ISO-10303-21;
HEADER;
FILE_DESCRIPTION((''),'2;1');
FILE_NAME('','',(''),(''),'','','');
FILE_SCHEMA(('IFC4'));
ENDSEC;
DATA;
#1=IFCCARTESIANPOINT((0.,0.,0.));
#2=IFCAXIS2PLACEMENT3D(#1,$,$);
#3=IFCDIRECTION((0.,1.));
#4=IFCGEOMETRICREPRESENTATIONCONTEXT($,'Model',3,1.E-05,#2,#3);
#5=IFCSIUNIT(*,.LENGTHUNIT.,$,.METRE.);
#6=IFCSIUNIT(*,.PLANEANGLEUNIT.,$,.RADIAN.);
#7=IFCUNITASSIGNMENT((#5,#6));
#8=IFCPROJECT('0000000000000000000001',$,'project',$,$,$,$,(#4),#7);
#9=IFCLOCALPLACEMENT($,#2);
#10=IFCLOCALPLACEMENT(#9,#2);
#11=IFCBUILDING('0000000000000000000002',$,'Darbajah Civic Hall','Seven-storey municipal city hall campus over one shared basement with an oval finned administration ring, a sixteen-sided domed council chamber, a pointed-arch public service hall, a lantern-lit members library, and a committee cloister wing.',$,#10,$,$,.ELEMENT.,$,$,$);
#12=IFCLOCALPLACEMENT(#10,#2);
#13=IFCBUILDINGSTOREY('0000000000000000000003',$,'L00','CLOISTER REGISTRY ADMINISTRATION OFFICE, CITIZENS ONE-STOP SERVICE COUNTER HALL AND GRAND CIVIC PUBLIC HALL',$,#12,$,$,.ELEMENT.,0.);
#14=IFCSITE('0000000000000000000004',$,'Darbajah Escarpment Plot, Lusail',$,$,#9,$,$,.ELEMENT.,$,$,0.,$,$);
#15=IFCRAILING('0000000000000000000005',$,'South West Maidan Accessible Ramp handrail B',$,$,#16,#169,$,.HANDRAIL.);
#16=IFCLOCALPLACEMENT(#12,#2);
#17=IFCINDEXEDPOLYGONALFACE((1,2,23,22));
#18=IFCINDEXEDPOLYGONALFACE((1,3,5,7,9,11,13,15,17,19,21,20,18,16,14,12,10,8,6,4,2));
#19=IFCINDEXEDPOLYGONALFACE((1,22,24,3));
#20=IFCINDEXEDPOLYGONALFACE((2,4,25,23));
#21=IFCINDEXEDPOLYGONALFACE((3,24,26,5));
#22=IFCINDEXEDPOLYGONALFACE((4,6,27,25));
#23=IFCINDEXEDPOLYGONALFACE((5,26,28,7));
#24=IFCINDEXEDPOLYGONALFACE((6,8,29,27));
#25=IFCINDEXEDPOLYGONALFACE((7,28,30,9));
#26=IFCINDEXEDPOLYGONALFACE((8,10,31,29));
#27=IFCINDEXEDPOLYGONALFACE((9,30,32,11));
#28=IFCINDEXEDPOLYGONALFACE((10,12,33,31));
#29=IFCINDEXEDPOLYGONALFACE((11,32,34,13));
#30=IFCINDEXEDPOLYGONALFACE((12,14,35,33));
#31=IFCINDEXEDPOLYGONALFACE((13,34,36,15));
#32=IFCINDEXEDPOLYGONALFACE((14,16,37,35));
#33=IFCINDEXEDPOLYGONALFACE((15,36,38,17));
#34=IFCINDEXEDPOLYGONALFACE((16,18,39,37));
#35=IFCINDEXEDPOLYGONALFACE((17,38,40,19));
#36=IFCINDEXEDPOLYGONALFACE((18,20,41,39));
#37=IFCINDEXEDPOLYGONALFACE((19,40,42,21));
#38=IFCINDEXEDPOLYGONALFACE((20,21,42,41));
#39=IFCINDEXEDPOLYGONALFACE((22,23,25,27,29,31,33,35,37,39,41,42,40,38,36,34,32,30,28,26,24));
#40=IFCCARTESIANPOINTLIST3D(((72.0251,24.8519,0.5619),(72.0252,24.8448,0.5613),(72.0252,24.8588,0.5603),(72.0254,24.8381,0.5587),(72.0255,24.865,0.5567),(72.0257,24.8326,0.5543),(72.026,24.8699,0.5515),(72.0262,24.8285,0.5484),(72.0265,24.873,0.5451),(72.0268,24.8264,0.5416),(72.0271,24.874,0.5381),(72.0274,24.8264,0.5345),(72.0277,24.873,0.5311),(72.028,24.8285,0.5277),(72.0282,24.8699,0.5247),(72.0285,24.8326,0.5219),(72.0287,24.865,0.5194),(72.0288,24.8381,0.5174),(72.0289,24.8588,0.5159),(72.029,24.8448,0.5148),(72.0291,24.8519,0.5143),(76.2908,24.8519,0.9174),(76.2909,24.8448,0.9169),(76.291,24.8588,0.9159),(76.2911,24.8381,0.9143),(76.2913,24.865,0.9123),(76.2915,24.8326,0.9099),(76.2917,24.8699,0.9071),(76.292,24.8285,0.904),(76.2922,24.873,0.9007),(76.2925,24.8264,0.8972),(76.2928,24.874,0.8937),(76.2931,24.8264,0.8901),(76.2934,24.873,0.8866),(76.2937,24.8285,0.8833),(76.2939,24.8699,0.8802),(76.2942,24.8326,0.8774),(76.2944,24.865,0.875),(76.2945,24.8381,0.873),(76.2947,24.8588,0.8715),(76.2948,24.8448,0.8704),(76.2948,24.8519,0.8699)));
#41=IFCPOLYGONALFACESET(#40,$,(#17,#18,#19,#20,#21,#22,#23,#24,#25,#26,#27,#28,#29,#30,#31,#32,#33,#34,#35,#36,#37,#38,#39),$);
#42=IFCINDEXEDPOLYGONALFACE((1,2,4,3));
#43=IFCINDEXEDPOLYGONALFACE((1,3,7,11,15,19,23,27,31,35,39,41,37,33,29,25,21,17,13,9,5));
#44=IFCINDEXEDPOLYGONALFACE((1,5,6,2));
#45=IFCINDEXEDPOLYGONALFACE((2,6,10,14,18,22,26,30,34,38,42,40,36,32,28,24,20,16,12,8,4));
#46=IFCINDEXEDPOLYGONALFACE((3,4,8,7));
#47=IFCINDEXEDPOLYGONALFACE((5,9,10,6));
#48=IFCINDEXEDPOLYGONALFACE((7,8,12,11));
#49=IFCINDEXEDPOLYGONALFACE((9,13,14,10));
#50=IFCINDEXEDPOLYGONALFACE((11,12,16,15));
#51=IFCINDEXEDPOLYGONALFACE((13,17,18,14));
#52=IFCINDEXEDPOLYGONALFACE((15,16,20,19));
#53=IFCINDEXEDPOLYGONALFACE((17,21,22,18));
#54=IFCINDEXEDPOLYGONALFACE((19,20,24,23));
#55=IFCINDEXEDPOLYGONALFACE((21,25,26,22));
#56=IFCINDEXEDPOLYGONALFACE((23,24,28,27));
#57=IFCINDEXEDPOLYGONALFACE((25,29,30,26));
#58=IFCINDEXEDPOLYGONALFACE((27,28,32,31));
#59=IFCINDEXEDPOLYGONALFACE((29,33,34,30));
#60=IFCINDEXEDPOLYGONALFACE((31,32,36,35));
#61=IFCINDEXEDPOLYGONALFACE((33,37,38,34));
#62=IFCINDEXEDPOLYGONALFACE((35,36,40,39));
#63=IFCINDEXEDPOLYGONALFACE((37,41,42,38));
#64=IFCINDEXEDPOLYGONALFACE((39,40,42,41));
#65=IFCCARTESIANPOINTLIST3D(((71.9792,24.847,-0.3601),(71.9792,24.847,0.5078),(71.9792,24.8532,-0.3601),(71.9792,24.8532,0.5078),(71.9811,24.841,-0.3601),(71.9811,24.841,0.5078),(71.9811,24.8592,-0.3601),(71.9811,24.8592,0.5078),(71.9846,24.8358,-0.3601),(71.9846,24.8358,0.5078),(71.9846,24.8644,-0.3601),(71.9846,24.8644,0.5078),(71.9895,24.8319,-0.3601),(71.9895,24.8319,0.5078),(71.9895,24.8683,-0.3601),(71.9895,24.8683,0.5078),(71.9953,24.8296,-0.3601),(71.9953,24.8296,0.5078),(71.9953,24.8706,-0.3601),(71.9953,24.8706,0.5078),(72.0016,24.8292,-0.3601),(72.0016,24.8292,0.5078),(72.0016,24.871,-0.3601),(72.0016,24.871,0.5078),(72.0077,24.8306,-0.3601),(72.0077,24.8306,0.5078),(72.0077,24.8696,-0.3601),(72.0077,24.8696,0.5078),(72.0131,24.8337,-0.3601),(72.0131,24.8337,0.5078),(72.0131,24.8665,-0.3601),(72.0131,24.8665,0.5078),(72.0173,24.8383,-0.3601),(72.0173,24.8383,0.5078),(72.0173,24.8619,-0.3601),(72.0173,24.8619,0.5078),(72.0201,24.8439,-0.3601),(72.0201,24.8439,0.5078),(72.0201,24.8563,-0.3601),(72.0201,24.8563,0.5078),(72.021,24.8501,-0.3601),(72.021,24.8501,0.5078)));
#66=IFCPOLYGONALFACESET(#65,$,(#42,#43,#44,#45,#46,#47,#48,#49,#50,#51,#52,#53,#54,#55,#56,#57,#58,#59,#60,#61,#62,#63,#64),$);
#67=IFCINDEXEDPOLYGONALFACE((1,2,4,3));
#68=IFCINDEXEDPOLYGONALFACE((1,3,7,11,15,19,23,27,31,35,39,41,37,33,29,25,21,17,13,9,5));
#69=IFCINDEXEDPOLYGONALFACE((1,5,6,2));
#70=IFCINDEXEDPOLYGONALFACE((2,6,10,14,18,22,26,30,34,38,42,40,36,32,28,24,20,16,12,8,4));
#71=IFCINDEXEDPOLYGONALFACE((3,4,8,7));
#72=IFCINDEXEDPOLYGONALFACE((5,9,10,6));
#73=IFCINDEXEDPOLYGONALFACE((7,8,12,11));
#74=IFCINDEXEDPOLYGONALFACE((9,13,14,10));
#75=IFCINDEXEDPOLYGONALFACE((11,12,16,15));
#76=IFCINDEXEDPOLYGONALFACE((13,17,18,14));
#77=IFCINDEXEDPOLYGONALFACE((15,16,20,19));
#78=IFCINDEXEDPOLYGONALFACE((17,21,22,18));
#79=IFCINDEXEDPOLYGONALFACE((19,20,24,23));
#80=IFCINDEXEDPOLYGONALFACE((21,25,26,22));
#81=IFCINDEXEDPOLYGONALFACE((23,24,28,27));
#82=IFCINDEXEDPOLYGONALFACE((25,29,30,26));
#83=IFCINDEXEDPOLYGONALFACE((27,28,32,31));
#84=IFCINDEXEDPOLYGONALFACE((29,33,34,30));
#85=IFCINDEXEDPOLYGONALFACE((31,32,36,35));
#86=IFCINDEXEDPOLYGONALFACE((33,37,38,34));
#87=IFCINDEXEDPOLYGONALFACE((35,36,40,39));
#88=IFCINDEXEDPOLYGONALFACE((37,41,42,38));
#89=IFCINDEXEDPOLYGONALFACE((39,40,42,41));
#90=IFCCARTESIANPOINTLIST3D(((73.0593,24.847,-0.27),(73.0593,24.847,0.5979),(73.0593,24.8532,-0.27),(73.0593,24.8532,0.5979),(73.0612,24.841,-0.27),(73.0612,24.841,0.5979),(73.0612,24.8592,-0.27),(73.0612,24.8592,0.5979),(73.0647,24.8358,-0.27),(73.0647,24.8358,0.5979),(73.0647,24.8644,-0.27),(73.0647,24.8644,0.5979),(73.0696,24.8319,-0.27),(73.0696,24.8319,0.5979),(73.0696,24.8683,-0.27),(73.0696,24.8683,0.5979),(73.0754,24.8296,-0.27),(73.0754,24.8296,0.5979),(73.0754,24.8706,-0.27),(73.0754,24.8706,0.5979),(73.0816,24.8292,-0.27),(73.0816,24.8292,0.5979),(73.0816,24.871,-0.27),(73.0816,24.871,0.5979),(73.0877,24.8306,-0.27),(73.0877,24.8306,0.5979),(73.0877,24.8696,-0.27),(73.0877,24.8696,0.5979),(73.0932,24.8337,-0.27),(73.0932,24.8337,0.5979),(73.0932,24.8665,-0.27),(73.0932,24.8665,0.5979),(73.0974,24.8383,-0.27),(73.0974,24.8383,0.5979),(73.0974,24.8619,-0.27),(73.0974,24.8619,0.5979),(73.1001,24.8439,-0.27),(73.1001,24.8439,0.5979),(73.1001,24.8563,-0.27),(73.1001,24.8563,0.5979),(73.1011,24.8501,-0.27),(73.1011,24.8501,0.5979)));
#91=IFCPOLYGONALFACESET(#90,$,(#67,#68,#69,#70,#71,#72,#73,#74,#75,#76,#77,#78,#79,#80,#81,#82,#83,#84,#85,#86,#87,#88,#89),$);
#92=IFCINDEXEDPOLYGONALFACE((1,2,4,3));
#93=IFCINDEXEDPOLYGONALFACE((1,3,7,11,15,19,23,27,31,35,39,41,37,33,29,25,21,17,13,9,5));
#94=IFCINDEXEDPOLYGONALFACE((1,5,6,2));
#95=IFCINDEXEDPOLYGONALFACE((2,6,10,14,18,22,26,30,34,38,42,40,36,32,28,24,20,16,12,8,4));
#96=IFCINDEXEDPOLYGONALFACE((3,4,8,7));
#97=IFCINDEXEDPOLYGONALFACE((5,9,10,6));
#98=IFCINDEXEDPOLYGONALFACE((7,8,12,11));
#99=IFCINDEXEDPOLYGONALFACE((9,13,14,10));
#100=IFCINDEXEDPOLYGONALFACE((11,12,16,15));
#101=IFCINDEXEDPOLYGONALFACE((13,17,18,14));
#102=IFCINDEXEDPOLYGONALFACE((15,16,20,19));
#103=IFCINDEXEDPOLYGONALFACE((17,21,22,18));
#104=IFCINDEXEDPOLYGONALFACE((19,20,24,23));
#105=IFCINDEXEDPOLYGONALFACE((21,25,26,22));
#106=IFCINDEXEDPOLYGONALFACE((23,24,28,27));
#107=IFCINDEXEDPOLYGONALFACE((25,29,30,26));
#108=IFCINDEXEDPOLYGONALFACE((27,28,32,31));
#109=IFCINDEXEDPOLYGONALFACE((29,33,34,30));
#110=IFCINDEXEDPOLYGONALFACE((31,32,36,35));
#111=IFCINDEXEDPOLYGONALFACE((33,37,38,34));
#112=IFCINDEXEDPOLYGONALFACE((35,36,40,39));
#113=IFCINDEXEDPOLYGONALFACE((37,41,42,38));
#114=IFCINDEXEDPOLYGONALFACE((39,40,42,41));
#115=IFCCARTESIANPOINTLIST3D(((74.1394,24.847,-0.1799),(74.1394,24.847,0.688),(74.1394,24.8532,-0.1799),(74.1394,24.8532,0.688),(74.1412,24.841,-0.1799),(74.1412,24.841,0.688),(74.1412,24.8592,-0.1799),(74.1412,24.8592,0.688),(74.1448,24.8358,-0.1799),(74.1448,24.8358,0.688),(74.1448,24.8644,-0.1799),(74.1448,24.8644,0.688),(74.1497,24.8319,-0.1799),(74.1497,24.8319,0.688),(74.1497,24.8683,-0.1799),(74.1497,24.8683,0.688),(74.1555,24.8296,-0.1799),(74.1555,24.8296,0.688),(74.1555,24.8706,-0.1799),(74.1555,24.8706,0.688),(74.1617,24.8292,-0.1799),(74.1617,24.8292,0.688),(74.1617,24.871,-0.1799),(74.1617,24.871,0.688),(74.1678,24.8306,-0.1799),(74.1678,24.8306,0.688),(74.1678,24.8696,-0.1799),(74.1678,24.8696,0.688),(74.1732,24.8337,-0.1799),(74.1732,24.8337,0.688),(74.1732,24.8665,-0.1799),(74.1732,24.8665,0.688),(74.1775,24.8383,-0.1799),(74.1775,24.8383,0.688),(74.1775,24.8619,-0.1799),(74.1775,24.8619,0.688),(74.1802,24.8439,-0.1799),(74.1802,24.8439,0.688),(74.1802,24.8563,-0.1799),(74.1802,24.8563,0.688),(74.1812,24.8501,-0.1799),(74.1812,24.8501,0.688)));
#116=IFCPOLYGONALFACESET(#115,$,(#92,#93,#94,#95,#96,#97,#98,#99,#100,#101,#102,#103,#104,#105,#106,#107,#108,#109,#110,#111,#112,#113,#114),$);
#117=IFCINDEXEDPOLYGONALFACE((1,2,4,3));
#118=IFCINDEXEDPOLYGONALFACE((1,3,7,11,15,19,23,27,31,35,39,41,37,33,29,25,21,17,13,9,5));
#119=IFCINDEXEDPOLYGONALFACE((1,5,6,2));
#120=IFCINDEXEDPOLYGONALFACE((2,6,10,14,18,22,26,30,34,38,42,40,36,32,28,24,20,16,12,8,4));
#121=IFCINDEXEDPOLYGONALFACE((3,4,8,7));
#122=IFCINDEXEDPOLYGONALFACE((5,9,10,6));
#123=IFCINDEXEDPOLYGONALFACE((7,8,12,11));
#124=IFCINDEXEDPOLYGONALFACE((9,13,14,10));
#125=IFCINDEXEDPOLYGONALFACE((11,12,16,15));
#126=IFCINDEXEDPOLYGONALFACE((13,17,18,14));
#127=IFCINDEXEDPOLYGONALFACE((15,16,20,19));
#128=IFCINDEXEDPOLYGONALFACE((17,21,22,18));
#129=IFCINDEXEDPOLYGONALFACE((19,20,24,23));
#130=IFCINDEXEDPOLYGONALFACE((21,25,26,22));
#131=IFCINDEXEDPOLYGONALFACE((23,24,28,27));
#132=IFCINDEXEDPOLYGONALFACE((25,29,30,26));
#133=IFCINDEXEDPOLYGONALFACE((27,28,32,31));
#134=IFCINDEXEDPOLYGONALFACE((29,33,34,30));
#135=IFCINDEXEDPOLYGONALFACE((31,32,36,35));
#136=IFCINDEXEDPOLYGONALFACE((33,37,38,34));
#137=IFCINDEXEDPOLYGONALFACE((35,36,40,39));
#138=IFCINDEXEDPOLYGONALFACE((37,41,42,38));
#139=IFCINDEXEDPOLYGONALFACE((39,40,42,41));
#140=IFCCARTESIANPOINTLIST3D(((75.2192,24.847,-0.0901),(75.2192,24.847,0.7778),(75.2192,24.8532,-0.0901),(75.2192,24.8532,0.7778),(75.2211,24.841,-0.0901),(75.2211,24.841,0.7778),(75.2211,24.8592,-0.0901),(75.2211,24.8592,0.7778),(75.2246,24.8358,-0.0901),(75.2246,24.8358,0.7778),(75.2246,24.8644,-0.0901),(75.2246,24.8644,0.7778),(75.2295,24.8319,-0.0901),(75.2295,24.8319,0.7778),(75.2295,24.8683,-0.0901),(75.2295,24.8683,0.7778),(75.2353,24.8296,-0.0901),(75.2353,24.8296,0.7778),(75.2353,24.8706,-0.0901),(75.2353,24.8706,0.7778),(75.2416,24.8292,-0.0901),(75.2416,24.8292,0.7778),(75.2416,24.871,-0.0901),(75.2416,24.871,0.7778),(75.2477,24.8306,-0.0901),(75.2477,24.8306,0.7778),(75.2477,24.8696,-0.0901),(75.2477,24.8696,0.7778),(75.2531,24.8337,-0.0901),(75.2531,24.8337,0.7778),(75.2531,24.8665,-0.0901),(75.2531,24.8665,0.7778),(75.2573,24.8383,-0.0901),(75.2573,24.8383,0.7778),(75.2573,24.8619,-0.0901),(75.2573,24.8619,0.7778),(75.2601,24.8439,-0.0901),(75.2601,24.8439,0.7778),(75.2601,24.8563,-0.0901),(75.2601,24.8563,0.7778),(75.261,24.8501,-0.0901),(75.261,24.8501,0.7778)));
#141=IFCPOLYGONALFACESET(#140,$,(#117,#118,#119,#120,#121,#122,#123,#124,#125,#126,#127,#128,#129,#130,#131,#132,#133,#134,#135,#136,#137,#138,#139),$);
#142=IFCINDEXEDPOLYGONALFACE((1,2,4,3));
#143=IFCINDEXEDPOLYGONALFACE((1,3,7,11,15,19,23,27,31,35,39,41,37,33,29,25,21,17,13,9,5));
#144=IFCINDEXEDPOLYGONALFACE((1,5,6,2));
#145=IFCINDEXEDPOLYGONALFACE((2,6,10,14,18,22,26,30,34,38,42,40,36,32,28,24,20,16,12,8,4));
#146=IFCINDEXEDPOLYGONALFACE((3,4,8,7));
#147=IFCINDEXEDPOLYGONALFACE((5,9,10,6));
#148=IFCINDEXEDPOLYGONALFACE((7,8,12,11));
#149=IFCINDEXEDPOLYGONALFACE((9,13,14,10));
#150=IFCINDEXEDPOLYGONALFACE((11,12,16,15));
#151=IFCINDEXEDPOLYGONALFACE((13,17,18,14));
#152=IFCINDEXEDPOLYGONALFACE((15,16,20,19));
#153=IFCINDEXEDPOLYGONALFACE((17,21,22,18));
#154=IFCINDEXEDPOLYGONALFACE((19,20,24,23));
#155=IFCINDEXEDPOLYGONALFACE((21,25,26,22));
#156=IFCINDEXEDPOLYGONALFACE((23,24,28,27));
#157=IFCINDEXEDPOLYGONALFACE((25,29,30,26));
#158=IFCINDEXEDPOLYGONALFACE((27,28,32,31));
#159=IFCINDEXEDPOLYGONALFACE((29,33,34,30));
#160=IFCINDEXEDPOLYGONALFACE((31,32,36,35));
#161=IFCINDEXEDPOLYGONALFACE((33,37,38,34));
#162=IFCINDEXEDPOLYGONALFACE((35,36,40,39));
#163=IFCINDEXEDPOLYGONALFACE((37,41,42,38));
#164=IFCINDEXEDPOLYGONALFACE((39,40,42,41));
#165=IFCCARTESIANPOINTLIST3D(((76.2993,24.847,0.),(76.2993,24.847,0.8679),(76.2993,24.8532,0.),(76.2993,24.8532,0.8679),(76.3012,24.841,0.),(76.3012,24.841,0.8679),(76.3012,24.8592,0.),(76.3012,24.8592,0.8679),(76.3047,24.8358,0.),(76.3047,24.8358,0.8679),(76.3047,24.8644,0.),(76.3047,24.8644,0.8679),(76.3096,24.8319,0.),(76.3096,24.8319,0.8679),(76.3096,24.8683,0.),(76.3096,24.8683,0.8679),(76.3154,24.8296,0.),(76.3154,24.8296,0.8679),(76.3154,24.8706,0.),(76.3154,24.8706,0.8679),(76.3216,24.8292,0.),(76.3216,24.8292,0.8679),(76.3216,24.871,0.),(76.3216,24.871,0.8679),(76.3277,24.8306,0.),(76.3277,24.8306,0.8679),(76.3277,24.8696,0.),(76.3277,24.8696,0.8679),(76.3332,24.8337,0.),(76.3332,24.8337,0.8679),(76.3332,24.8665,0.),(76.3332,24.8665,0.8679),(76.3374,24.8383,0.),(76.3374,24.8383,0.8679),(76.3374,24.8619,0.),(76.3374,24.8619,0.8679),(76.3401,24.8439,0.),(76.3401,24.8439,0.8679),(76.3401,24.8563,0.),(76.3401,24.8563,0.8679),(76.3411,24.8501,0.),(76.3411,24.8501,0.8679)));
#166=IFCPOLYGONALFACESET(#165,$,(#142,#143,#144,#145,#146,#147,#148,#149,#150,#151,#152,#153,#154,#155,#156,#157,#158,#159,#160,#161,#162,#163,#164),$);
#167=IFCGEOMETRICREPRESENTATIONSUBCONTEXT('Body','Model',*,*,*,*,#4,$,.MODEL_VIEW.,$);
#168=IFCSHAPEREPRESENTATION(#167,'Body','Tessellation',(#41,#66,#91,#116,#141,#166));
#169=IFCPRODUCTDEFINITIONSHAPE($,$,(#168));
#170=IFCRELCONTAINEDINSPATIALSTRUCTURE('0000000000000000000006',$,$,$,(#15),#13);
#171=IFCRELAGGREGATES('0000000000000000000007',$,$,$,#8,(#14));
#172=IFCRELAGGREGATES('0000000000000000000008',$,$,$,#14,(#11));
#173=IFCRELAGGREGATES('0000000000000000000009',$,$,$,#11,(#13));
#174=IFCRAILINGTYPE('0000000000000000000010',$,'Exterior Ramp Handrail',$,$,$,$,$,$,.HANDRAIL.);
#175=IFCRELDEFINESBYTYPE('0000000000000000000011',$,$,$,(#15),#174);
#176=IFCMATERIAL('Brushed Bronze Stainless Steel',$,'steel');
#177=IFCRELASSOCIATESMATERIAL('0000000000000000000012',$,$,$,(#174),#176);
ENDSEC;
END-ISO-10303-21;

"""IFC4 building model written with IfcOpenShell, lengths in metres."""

from ifc_helpers import new_model, si_unit, direction, frame, origin, origin_2d, place, context, subcontext, project, spatial, circle, extrude, material, type_object, element, save


model = new_model("IFC4")

# Units and contexts
model_context = context("Model", 3, precision=1e-05, world=origin(), true_north=direction((0.0, 1.0)))
body_context = subcontext(model_context, "Body", "Model", "MODEL_VIEW")
ifc_project = project(units=[si_unit("LENGTHUNIT", "METRE"), si_unit("PLANEANGLEUNIT", "RADIAN")], contexts=[model_context])

# Site, building, storey
site_placement = place(None, origin())
site = spatial("IfcSite", under=ifc_project, at=site_placement, Name="Darbajah Escarpment Plot, Lusail", CompositionType="ELEMENT", RefElevation=0.0)
building_placement = place(site_placement, origin())
building = spatial("IfcBuilding", under=site, at=building_placement, Name="Darbajah Civic Hall", Description="Seven-storey municipal city hall campus over one shared basement with an oval finned administration ring, a sixteen-sided domed council chamber, a pointed-arch public service hall, a lantern-lit members library, and a committee cloister wing.", CompositionType="ELEMENT")
storey_placement = place(building_placement, origin())
storey = spatial("IfcBuildingStorey", under=building, at=storey_placement, Name="L00", Description="CLOISTER REGISTRY ADMINISTRATION OFFICE, CITIZENS ONE-STOP SERVICE COUNTER HALL AND GRAND CIVIC PUBLIC HALL", CompositionType="ELEMENT", Elevation=0.0)

# Railing
ifc_material_1 = material(Name="Brushed Bronze Stainless Steel", Category="steel")
railing_type = type_object("IfcRailingType", Name="Exterior Ramp Handrail", PredefinedType="HANDRAIL", material=ifc_material_1)
for number, where, name in (
    (1, (72.0, 24.8501, -0.3601), "South West Maidan Accessible Ramp handrail B"),
):
    element("IfcRailing", number, at=place(storey_placement, frame(where)), inside=storey, type_object=railing_type, Name=name, PredefinedType="HANDRAIL", context=body_context, shape_type="SweptSolid", body=[
        extrude(circle(Radius=0.0239, at=origin_2d()), frame((0.0271, 0.0, 0.8982), z_axis=(0.996544, 0.0, 0.083069), x_axis=(0.0, 1.0, 0.0)), (0.0, 0.0, 1.0), 4.2805),
        extrude(circle(Radius=0.021, at=origin_2d()), origin(), (0.0, 0.0, 1.0), 0.8679),
        extrude(circle(Radius=0.021, at=origin_2d()), frame((1.0801, 0.0, 0.0901)), (0.0, 0.0, 1.0), 0.8679),
        extrude(circle(Radius=0.021, at=origin_2d()), frame((2.1602, 0.0, 0.1802)), (0.0, 0.0, 1.0), 0.8679),
        extrude(circle(Radius=0.021, at=origin_2d()), frame((3.24, 0.0, 0.27)), (0.0, 0.0, 1.0), 0.8679),
        extrude(circle(Radius=0.021, at=origin_2d()), frame((4.3201, 0.0, 0.3601)), (0.0, 0.0, 1.0), 0.8679),
    ])

save(model, "model.ifc")
